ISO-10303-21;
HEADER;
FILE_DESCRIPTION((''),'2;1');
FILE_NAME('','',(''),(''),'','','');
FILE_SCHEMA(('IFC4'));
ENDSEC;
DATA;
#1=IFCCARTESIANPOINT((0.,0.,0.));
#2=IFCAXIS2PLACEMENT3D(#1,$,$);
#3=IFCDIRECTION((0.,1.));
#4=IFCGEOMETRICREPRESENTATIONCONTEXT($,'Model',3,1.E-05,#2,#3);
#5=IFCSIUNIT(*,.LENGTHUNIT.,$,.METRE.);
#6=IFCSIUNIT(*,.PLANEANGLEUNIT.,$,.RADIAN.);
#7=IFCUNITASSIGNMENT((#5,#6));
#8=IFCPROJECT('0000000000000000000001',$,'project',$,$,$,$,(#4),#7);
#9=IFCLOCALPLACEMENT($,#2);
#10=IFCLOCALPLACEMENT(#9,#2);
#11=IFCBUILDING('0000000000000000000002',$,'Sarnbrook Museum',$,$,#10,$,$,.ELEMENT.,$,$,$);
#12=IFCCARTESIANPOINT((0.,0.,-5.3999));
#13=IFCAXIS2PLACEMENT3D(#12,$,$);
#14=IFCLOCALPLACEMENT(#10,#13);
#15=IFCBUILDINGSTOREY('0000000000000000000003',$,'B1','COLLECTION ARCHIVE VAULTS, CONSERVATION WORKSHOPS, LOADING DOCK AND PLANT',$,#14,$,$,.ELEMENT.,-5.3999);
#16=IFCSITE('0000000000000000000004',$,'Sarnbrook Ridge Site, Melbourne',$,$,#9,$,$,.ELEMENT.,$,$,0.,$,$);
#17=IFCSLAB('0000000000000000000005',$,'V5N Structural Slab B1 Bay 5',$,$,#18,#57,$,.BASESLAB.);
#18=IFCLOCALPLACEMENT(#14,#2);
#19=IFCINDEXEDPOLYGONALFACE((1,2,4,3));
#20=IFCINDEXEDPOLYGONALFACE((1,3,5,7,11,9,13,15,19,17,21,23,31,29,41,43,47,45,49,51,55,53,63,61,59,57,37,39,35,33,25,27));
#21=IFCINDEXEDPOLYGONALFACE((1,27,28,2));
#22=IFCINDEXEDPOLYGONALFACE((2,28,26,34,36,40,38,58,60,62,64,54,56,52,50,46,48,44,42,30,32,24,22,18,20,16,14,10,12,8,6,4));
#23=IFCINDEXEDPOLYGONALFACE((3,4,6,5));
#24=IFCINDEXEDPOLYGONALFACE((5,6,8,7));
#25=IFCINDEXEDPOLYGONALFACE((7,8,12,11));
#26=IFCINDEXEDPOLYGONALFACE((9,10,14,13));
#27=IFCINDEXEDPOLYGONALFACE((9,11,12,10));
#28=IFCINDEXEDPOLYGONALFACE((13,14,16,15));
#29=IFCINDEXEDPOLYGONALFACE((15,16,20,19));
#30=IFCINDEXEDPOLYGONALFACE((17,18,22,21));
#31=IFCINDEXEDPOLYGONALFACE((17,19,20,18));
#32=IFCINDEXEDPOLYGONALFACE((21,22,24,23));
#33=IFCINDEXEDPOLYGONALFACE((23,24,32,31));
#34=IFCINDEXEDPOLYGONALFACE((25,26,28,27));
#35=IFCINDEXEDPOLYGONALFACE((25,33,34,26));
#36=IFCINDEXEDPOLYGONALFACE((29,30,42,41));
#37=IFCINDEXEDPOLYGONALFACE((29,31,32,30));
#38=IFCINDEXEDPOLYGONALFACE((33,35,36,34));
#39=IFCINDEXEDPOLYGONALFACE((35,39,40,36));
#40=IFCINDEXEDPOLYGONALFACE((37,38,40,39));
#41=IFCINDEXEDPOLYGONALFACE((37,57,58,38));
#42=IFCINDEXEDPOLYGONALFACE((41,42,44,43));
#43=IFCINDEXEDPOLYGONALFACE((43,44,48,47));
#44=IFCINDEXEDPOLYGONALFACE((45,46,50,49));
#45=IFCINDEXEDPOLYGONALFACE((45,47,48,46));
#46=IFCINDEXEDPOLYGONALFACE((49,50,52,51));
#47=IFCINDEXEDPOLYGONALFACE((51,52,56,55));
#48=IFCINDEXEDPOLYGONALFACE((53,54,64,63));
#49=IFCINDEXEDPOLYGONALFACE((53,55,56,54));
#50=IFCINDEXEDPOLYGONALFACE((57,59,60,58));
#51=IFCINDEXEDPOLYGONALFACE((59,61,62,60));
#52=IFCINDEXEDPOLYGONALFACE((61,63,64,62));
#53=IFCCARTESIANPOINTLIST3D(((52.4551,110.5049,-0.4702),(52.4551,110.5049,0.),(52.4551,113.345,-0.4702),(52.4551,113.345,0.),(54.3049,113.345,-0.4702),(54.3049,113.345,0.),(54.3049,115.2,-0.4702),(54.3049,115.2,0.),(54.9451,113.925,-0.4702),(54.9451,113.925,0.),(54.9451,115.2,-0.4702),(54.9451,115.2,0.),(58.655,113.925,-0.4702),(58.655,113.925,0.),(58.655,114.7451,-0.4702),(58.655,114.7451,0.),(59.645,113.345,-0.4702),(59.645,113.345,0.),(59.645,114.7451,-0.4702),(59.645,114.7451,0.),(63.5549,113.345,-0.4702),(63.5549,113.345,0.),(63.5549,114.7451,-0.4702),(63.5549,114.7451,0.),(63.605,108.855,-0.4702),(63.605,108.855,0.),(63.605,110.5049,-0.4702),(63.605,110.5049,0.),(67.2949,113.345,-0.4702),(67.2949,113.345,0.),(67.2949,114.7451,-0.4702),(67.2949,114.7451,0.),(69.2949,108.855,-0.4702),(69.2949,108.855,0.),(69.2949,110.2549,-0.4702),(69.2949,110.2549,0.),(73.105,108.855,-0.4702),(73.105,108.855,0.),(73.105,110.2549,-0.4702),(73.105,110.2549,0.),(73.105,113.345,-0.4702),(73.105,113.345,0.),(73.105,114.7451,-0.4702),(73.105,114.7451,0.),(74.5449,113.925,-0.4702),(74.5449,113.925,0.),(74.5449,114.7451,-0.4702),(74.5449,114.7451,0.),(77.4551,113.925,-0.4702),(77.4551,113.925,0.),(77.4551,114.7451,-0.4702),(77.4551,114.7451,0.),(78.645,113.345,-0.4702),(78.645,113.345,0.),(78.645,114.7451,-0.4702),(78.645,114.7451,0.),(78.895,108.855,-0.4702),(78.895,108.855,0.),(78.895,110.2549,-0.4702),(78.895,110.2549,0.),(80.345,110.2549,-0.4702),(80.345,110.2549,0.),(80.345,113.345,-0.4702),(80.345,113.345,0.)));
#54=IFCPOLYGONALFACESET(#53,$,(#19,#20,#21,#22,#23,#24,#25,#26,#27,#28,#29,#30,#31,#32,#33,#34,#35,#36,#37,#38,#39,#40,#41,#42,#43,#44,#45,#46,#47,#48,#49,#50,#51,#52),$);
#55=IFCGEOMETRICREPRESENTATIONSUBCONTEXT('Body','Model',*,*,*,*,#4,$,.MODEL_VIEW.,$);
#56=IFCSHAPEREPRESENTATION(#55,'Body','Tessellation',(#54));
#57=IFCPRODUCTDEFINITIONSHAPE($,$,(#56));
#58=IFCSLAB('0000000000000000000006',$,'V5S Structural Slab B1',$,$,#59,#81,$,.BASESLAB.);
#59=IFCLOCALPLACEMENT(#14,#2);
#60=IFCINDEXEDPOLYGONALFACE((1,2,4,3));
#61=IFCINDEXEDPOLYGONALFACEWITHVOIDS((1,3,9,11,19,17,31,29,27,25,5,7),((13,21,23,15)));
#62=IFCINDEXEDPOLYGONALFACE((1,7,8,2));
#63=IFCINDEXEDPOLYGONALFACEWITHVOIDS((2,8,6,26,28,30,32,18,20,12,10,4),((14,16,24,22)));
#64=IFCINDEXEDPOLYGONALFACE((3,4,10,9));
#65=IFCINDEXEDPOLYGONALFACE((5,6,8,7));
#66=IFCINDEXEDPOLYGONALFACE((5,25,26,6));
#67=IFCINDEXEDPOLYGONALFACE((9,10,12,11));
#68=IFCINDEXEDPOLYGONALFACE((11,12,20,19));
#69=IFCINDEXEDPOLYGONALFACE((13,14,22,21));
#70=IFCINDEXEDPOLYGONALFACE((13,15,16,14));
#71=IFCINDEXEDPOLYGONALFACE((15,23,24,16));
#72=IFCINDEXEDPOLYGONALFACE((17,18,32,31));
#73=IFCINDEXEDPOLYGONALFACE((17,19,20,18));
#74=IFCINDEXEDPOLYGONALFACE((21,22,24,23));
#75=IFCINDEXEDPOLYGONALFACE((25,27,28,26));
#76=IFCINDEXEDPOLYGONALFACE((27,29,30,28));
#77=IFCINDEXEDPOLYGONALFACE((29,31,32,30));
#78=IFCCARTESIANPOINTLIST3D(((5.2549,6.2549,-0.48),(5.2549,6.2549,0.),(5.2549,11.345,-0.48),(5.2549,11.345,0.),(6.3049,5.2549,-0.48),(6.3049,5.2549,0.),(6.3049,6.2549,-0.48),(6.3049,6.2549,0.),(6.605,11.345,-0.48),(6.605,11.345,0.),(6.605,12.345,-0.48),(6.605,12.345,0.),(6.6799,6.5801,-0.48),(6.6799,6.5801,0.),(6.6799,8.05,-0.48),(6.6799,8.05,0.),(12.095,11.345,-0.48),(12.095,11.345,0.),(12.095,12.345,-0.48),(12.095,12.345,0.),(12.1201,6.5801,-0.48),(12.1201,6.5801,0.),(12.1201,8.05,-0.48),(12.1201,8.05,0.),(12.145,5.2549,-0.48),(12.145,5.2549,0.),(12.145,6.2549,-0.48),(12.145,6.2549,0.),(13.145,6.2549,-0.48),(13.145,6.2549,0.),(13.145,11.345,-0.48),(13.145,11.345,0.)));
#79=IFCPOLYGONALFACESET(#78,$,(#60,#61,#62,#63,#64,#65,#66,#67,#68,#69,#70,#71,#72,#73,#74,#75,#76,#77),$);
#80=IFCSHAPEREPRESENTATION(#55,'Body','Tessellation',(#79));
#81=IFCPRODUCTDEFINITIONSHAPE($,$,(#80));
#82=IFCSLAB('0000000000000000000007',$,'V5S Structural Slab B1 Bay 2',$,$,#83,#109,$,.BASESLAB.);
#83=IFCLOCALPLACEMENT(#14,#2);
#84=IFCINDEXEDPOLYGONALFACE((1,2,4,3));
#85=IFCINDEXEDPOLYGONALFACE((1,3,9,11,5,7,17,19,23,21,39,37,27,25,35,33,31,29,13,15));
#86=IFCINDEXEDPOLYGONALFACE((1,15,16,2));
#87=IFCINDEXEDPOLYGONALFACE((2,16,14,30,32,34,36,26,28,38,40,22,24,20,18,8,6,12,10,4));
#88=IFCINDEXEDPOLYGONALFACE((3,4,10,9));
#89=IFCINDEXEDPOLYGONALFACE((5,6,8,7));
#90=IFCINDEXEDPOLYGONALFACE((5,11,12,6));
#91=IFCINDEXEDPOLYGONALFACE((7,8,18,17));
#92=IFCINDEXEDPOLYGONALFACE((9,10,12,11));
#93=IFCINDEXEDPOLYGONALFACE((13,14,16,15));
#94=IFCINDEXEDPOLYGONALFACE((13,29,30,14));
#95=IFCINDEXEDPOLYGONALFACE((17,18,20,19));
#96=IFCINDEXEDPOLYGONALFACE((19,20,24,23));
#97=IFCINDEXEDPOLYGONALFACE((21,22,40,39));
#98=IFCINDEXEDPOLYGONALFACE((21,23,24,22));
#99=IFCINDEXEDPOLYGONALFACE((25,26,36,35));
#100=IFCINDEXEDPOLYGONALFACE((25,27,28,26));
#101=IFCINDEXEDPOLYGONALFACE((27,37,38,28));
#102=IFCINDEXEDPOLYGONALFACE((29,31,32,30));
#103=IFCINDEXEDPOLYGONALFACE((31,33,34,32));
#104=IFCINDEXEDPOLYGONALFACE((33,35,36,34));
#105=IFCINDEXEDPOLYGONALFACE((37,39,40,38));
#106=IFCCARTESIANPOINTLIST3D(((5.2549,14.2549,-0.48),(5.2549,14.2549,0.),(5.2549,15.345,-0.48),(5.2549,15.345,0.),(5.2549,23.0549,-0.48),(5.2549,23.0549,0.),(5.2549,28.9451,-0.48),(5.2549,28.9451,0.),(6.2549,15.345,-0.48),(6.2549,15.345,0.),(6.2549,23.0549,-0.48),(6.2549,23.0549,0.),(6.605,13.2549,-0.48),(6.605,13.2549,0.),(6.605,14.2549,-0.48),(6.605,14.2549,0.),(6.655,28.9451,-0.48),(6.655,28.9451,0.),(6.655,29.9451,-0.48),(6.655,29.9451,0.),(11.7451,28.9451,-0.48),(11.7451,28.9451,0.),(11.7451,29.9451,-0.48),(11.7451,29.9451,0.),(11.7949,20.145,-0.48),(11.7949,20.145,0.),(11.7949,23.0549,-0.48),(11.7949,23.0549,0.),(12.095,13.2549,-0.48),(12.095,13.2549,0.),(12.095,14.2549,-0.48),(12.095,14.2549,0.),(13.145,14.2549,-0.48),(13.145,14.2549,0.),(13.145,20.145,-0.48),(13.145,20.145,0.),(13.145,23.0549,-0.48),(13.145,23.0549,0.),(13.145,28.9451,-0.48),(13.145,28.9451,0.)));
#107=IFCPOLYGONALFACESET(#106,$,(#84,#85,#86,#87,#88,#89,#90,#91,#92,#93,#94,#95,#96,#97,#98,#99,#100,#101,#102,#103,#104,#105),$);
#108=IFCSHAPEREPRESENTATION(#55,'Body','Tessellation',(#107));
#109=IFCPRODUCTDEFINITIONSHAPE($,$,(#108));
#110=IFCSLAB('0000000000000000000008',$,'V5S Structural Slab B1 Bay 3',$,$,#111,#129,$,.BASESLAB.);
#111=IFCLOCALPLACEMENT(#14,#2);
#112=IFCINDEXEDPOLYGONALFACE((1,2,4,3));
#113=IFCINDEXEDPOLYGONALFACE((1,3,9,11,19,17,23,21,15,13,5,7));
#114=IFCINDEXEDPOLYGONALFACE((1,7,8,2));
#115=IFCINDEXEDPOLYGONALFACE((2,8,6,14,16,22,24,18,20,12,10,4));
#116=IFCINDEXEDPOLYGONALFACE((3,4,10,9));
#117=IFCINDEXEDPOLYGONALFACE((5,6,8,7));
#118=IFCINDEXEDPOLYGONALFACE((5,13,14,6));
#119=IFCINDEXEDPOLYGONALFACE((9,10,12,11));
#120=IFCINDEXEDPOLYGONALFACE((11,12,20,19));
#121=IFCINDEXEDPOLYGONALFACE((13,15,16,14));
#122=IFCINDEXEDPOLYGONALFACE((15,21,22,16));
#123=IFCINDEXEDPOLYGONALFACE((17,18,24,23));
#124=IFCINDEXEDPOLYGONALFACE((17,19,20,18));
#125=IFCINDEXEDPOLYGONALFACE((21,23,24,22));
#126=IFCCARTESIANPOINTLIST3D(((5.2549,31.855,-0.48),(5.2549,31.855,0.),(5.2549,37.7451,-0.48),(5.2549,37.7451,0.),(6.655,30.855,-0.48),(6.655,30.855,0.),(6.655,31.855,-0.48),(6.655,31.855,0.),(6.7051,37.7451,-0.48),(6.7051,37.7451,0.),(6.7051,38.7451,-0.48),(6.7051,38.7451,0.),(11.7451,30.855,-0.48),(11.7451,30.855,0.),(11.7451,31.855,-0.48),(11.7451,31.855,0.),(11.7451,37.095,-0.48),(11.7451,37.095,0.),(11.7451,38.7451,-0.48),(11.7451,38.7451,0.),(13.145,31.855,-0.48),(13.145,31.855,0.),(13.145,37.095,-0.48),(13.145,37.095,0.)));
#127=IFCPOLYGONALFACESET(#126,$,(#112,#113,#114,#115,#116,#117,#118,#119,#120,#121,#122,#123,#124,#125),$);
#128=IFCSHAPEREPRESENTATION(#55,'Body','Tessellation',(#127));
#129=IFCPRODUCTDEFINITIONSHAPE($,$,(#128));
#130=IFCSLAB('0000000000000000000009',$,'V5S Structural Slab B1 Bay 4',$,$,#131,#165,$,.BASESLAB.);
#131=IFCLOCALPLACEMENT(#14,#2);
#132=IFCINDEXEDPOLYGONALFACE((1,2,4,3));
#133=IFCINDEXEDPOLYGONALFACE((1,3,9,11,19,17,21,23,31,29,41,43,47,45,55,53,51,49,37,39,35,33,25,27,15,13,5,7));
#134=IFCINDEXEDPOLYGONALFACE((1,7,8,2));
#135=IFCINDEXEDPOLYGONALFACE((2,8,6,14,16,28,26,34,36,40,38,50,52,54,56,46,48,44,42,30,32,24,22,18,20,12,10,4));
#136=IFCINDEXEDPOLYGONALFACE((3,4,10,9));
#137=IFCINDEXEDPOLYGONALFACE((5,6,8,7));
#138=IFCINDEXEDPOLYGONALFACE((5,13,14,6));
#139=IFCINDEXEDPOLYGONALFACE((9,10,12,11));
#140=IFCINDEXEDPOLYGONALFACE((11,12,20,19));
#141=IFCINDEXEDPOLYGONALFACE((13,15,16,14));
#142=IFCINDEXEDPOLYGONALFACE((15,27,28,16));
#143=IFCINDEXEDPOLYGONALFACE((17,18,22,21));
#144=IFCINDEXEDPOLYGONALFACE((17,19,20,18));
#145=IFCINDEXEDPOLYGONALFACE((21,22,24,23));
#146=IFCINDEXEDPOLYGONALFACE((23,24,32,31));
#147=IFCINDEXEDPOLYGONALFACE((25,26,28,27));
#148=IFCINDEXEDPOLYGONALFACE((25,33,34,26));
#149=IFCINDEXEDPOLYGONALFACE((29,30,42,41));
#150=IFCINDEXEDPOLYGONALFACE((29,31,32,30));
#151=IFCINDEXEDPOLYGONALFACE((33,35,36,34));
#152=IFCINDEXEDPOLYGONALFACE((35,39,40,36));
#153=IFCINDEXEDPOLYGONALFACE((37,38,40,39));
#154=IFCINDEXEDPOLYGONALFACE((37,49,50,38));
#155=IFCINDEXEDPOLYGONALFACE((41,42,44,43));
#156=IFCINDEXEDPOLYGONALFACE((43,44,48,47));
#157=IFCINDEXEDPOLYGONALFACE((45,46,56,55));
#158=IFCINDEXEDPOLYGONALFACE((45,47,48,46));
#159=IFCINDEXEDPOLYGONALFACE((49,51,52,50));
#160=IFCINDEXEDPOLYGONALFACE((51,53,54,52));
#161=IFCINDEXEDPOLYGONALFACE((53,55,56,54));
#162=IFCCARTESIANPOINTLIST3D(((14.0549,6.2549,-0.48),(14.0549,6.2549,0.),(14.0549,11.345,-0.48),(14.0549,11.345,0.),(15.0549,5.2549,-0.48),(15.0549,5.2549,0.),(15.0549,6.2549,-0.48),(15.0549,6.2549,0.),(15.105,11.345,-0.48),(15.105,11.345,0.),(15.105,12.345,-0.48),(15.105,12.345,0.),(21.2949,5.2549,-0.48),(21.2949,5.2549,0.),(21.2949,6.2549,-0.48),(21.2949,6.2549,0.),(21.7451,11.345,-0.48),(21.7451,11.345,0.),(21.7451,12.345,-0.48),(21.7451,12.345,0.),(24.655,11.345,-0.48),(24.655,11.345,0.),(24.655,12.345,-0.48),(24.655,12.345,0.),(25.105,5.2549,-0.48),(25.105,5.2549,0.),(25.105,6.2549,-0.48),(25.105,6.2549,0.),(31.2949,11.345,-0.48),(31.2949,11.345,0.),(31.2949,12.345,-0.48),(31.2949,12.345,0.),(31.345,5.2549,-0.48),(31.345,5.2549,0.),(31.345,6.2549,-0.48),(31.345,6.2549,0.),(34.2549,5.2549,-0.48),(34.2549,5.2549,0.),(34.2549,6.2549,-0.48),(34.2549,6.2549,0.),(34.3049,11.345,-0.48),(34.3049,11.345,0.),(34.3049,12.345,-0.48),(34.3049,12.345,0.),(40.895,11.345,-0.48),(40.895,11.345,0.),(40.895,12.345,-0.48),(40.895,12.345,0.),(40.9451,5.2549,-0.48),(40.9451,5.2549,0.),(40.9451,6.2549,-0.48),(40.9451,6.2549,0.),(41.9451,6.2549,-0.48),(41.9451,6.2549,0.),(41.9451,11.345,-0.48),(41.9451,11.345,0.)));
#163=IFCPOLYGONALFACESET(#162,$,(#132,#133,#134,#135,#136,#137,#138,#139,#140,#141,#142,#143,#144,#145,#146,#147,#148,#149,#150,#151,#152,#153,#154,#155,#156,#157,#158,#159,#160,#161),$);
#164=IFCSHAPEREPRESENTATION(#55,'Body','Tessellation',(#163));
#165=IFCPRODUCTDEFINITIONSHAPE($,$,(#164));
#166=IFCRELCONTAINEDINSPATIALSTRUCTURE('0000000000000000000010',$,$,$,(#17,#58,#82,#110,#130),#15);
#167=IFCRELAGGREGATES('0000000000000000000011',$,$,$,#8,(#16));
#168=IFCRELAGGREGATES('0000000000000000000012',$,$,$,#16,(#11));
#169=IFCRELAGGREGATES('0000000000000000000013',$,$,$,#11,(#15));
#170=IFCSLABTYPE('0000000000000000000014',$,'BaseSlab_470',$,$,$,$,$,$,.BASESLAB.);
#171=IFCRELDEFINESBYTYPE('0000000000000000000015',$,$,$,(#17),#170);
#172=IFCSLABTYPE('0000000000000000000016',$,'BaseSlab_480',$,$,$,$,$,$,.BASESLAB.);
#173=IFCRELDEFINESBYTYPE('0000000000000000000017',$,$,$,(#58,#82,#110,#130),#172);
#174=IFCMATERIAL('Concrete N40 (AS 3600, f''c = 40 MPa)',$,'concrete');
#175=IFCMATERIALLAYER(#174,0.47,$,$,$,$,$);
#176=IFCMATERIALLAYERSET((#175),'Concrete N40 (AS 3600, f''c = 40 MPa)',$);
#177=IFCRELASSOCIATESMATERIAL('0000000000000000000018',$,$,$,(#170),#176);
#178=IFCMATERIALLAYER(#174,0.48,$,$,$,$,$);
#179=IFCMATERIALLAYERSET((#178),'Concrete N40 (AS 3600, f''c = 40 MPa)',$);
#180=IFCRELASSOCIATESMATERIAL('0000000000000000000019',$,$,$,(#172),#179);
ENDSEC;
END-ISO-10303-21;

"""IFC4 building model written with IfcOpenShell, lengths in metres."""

from ifc_helpers import new_model, si_unit, direction, frame, origin, place, context, subcontext, project, spatial, polyline, outline, extrude, material, layer, layer_set, type_object, element, save


model = new_model("IFC4")

# Units and contexts
model_context = context("Model", 3, precision=1e-05, world=origin(), true_north=direction((0.0, 1.0)))
body_context = subcontext(model_context, "Body", "Model", "MODEL_VIEW")
ifc_project = project(units=[si_unit("LENGTHUNIT", "METRE"), si_unit("PLANEANGLEUNIT", "RADIAN")], contexts=[model_context])

# Site, building, storey
site_placement = place(None, origin())
site = spatial("IfcSite", under=ifc_project, at=site_placement, Name="Sarnbrook Ridge Site, Melbourne", CompositionType="ELEMENT", RefElevation=0.0)
building_placement = place(site_placement, origin())
building = spatial("IfcBuilding", under=site, at=building_placement, Name="Sarnbrook Museum", CompositionType="ELEMENT")
storey_placement = place(building_placement, frame((0.0, 0.0, -5.3999)))
storey = spatial("IfcBuildingStorey", under=building, at=storey_placement, Name="B1", Description="COLLECTION ARCHIVE VAULTS, CONSERVATION WORKSHOPS, LOADING DOCK AND PLANT", CompositionType="ELEMENT", Elevation=-5.3999)

# Slabs
ifc_material = material(Name="Concrete N40 (AS 3600, f'c = 40 MPa)", Category="concrete")
ifc_layer_1 = layer(ifc_material, 0.47)
ifc_layer_set_1 = layer_set([ifc_layer_1], Name="Concrete N40 (AS 3600, f'c = 40 MPa)")
slab_type_1 = type_object("IfcSlabType", Name="BaseSlab_470", PredefinedType="BASESLAB", material=ifc_layer_set_1)
slab_1_placement = place(storey_placement, frame((0.0, 0.0, -0.4702)))
element("IfcSlab", 1, at=slab_1_placement, inside=storey, type_object=slab_type_1, Name="V5N Structural Slab B1 Bay 5", PredefinedType="BASESLAB", context=body_context, shape_type="SweptSolid", body=[
    extrude(outline(polyline([(54.9451, 113.925), (58.655, 113.925), (58.655, 114.7451), (59.645, 114.7451), (59.645, 113.345), (63.5549, 113.345), (63.5549, 114.7451), (67.2949, 114.7451), (67.2949, 113.345), (73.105, 113.345), (73.105, 114.7451), (74.5449, 114.7451), (74.5449, 113.925), (77.4551, 113.925), (77.4551, 114.7451), (78.645, 114.7451), (78.645, 113.345), (80.345, 113.345), (80.345, 110.2549), (78.895, 110.2549), (78.895, 108.855), (73.105, 108.855), (73.105, 110.2549), (69.2949, 110.2549), (69.2949, 108.855), (63.605, 108.855), (63.605, 110.5049), (52.4551, 110.5049), (52.4551, 113.345), (54.3049, 113.345), (54.3049, 115.2), (54.9451, 115.2), (54.9451, 113.925)])), origin(), (0.0, 0.0, 1.0), 0.4702),
])
ifc_layer_2 = layer(ifc_material, 0.48)
ifc_layer_set_2 = layer_set([ifc_layer_2], Name="Concrete N40 (AS 3600, f'c = 40 MPa)")
slab_type_2 = type_object("IfcSlabType", Name="BaseSlab_480", PredefinedType="BASESLAB", material=ifc_layer_set_2)
slab_2_placement = place(storey_placement, frame((0.0, 0.0, -0.48)))
element("IfcSlab", 2, at=slab_2_placement, inside=storey, type_object=slab_type_2, Name="V5S Structural Slab B1", PredefinedType="BASESLAB", context=body_context, shape_type="SweptSolid", body=[
    extrude(outline(polyline([(6.3049, 5.2549), (6.3049, 6.2549), (5.2549, 6.2549), (5.2549, 11.345), (6.605, 11.345), (6.605, 12.345), (12.095, 12.345), (12.095, 11.345), (13.145, 11.345), (13.145, 6.2549), (12.145, 6.2549), (12.145, 5.2549), (6.3049, 5.2549)]), holes=[polyline([(6.6799, 8.05), (12.1201, 8.05), (12.1201, 6.5801), (6.6799, 6.5801), (6.6799, 8.05)])]), origin(), (0.0, 0.0, 1.0), 0.48),
])
slab_3_placement = place(storey_placement, frame((0.0, 0.0, -0.48)))
element("IfcSlab", 3, at=slab_3_placement, inside=storey, type_object=slab_type_2, Name="V5S Structural Slab B1 Bay 2", PredefinedType="BASESLAB", context=body_context, shape_type="SweptSolid", body=[
    extrude(outline(polyline([(6.2549, 15.345), (6.2549, 23.0549), (5.2549, 23.0549), (5.2549, 28.9451), (6.655, 28.9451), (6.655, 29.9451), (11.7451, 29.9451), (11.7451, 28.9451), (13.145, 28.9451), (13.145, 23.0549), (11.7949, 23.0549), (11.7949, 20.145), (13.145, 20.145), (13.145, 14.2549), (12.095, 14.2549), (12.095, 13.2549), (6.605, 13.2549), (6.605, 14.2549), (5.2549, 14.2549), (5.2549, 15.345), (6.2549, 15.345)])), origin(), (0.0, 0.0, 1.0), 0.48),
])
slab_4_placement = place(storey_placement, frame((0.0, 0.0, -0.48)))
element("IfcSlab", 4, at=slab_4_placement, inside=storey, type_object=slab_type_2, Name="V5S Structural Slab B1 Bay 3", PredefinedType="BASESLAB", context=body_context, shape_type="SweptSolid", body=[
    extrude(outline(polyline([(6.655, 30.855), (6.655, 31.855), (5.2549, 31.855), (5.2549, 37.7451), (6.7051, 37.7451), (6.7051, 38.7451), (11.7451, 38.7451), (11.7451, 37.095), (13.145, 37.095), (13.145, 31.855), (11.7451, 31.855), (11.7451, 30.855), (6.655, 30.855)])), origin(), (0.0, 0.0, 1.0), 0.48),
])
slab_5_placement = place(storey_placement, frame((0.0, 0.0, -0.48)))
element("IfcSlab", 5, at=slab_5_placement, inside=storey, type_object=slab_type_2, Name="V5S Structural Slab B1 Bay 4", PredefinedType="BASESLAB", context=body_context, shape_type="SweptSolid", body=[
    extrude(outline(polyline([(25.105, 5.2549), (25.105, 6.2549), (21.2949, 6.2549), (21.2949, 5.2549), (15.0549, 5.2549), (15.0549, 6.2549), (14.0549, 6.2549), (14.0549, 11.345), (15.105, 11.345), (15.105, 12.345), (21.7451, 12.345), (21.7451, 11.345), (24.655, 11.345), (24.655, 12.345), (31.2949, 12.345), (31.2949, 11.345), (34.3049, 11.345), (34.3049, 12.345), (40.895, 12.345), (40.895, 11.345), (41.9451, 11.345), (41.9451, 6.2549), (40.9451, 6.2549), (40.9451, 5.2549), (34.2549, 5.2549), (34.2549, 6.2549), (31.345, 6.2549), (31.345, 5.2549), (25.105, 5.2549)])), origin(), (0.0, 0.0, 1.0), 0.48),
])

save(model, "model.ifc")
